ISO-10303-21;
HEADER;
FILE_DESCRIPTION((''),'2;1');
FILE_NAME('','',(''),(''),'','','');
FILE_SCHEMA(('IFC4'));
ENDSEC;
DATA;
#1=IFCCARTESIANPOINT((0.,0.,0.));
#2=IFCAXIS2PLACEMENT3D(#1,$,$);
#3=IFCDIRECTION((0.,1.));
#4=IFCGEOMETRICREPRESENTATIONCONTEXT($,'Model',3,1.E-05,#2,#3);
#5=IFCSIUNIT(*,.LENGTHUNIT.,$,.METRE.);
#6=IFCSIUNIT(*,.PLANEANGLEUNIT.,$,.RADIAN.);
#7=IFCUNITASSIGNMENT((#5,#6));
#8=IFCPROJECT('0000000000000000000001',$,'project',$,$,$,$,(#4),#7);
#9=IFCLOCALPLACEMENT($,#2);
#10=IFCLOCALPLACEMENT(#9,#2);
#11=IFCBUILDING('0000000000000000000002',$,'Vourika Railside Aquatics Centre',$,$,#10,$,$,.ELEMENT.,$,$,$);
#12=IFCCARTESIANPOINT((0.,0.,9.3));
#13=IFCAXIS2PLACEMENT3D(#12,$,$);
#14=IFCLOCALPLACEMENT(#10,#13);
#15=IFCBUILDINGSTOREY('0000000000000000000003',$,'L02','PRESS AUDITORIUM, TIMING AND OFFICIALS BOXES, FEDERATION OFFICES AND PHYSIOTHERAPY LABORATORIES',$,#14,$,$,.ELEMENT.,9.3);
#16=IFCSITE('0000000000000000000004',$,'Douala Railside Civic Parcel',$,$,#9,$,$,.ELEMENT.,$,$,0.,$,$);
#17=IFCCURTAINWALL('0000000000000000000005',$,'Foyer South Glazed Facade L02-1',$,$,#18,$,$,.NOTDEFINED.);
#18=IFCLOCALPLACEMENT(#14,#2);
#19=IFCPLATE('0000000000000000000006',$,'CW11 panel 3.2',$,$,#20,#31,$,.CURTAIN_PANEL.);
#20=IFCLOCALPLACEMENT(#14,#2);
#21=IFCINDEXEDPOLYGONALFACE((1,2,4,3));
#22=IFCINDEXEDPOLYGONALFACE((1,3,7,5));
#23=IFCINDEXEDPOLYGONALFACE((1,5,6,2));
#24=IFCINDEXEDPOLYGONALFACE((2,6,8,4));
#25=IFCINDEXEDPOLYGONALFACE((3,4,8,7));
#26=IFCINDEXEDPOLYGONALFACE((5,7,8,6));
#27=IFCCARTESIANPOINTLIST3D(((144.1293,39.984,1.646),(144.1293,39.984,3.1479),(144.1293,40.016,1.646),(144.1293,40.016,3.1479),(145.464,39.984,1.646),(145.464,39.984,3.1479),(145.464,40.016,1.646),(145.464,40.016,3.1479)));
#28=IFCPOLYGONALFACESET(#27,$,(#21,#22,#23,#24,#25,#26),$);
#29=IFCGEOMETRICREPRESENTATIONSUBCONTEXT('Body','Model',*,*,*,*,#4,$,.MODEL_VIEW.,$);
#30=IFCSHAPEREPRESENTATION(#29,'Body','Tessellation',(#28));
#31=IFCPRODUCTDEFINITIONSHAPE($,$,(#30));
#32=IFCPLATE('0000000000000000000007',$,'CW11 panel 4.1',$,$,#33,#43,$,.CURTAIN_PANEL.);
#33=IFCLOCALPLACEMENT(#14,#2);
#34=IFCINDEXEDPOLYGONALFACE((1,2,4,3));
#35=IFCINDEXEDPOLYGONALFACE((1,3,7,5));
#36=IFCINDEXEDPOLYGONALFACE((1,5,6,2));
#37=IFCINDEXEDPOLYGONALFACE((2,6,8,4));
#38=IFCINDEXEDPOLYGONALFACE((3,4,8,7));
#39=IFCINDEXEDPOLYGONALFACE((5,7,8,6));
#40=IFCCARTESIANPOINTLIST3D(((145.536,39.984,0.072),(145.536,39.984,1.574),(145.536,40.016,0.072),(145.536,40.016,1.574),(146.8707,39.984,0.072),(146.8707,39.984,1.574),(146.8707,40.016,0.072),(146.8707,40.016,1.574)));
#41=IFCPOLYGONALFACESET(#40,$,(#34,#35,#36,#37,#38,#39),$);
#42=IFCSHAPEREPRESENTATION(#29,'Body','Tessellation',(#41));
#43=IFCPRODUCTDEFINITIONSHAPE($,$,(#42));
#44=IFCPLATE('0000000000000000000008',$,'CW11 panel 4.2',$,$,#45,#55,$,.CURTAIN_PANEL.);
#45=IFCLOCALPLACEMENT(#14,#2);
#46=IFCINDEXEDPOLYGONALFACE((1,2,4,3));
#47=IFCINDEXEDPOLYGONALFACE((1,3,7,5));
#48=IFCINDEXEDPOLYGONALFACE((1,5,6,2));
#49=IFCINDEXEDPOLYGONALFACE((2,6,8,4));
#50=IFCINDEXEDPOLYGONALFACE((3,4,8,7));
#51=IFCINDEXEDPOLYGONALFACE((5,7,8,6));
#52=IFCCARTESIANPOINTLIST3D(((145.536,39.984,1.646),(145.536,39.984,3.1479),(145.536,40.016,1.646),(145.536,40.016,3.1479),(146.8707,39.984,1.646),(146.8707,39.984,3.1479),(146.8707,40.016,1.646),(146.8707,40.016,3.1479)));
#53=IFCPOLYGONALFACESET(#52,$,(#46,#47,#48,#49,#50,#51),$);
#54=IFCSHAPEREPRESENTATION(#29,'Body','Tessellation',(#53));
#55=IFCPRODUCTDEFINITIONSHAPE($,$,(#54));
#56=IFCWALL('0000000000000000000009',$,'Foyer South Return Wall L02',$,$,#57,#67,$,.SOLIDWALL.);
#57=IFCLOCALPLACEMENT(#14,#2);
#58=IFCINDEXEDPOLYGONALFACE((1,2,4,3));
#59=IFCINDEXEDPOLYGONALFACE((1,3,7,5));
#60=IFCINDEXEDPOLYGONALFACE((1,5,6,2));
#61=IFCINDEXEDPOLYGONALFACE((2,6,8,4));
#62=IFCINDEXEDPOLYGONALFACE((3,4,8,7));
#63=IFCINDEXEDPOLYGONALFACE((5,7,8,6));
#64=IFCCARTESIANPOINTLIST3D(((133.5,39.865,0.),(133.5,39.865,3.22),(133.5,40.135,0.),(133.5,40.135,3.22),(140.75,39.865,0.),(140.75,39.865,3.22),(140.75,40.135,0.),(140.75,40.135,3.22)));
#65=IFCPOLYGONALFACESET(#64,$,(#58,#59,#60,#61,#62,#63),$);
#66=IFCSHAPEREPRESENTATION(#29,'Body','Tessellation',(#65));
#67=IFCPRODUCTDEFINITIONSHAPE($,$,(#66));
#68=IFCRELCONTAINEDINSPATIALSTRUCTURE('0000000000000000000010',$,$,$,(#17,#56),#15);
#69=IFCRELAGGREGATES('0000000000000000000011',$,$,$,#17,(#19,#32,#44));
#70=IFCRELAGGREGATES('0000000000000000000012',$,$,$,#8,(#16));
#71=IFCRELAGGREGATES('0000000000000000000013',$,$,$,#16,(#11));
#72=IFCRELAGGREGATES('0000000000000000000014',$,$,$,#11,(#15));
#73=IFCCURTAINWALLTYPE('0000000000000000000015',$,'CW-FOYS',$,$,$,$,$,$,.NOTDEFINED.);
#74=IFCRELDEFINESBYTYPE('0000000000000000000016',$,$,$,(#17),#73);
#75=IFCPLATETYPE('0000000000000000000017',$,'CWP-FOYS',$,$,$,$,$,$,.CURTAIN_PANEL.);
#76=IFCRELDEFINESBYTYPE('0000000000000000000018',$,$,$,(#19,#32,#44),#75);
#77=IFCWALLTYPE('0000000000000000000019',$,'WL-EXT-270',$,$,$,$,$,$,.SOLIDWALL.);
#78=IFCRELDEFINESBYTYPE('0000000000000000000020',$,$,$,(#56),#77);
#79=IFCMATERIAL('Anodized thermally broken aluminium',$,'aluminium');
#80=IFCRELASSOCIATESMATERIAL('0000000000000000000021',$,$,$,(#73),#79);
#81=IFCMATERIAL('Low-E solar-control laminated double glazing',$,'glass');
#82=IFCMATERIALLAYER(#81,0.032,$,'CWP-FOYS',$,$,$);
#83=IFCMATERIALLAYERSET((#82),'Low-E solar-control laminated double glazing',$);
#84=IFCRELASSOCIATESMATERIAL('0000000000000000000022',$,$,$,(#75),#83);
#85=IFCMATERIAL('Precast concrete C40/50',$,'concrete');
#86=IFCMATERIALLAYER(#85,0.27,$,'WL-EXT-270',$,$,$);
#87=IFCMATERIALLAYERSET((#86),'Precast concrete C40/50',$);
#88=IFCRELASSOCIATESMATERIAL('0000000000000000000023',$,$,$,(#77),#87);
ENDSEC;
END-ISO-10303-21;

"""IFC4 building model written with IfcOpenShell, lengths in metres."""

from ifc_helpers import new_model, si_unit, direction, frame, frame_2d, origin, origin_2d, place, context, subcontext, project, spatial, rectangle, extrude, material, layer, layer_set, type_object, element, aggregate, save


model = new_model("IFC4")

# Units and contexts
model_context = context("Model", 3, precision=1e-05, world=origin(), true_north=direction((0.0, 1.0)))
body_context = subcontext(model_context, "Body", "Model", "MODEL_VIEW")
ifc_project = project(units=[si_unit("LENGTHUNIT", "METRE"), si_unit("PLANEANGLEUNIT", "RADIAN")], contexts=[model_context])

# Site, building, storey
site_placement = place(None, origin())
site = spatial("IfcSite", under=ifc_project, at=site_placement, Name="Douala Railside Civic Parcel", CompositionType="ELEMENT", RefElevation=0.0)
building_placement = place(site_placement, origin())
building = spatial("IfcBuilding", under=site, at=building_placement, Name="Vourika Railside Aquatics Centre", CompositionType="ELEMENT")
storey_placement = place(building_placement, frame((0.0, 0.0, 9.3)))
storey = spatial("IfcBuildingStorey", under=building, at=storey_placement, Name="L02", Description="PRESS AUDITORIUM, TIMING AND OFFICIALS BOXES, FEDERATION OFFICES AND PHYSIOTHERAPY LABORATORIES", CompositionType="ELEMENT", Elevation=9.3)

# Curtain wall, plates
ifc_material_1 = material(Name="Anodized thermally broken aluminium", Category="aluminium")
curtain_wall_type = type_object("IfcCurtainWallType", Name="CW-FOYS", PredefinedType="NOTDEFINED", material=ifc_material_1)
curtain_wall_placement = place(storey_placement, origin())
curtain_wall = element("IfcCurtainWall", 1, at=curtain_wall_placement, inside=storey, type_object=curtain_wall_type, Name="Foyer South Glazed Facade L02-1", PredefinedType="NOTDEFINED")
ifc_material_2 = material(Name="Low-E solar-control laminated double glazing", Category="glass")
ifc_layer_1 = layer(ifc_material_2, 0.032, Name="CWP-FOYS")
ifc_layer_set_1 = layer_set([ifc_layer_1], Name="Low-E solar-control laminated double glazing")
plate_type = type_object("IfcPlateType", Name="CWP-FOYS", PredefinedType="CURTAIN_PANEL", material=ifc_layer_set_1)
plate_1_placement = place(storey_placement, frame((144.7966, 40.0, 1.646), z_axis=(0.0, 0.0, 1.0), x_axis=(1.0, 0.0, 0.0)))
plate_1 = element("IfcPlate", 2, at=plate_1_placement, type_object=plate_type, Name="CW11 panel 3.2", PredefinedType="CURTAIN_PANEL", context=body_context, shape_type="SweptSolid", body=[
    extrude(rectangle(XDim=1.3347, YDim=0.032, at=origin_2d()), origin(), (0.0, 0.0, 1.0), 1.502),
])
plate_2_placement = place(storey_placement, frame((146.2034, 40.0, 0.072), z_axis=(0.0, 0.0, 1.0), x_axis=(1.0, 0.0, 0.0)))
plate_2 = element("IfcPlate", 3, at=plate_2_placement, type_object=plate_type, Name="CW11 panel 4.1", PredefinedType="CURTAIN_PANEL", context=body_context, shape_type="SweptSolid", body=[
    extrude(rectangle(XDim=1.3347, YDim=0.032, at=origin_2d()), origin(), (0.0, 0.0, 1.0), 1.502),
])
plate_3_placement = place(storey_placement, frame((146.2034, 40.0, 1.646), z_axis=(0.0, 0.0, 1.0), x_axis=(1.0, 0.0, 0.0)))
plate_3 = element("IfcPlate", 4, at=plate_3_placement, type_object=plate_type, Name="CW11 panel 4.2", PredefinedType="CURTAIN_PANEL", context=body_context, shape_type="SweptSolid", body=[
    extrude(rectangle(XDim=1.3347, YDim=0.032, at=origin_2d()), origin(), (0.0, 0.0, 1.0), 1.502),
])
aggregate(curtain_wall, [plate_1, plate_2, plate_3])

# Wall
ifc_material_3 = material(Name="Precast concrete C40/50", Category="concrete")
ifc_layer_2 = layer(ifc_material_3, 0.27, Name="WL-EXT-270")
ifc_layer_set_2 = layer_set([ifc_layer_2], Name="Precast concrete C40/50")
wall_type = type_object("IfcWallType", Name="WL-EXT-270", PredefinedType="SOLIDWALL", material=ifc_layer_set_2)
wall_placement = place(storey_placement, frame((133.5, 40.0, 0.0), z_axis=(0.0, 0.0, 1.0), x_axis=(1.0, 0.0, 0.0)))
element("IfcWall", 5, at=wall_placement, inside=storey, type_object=wall_type, Name="Foyer South Return Wall L02", PredefinedType="SOLIDWALL", context=body_context, shape_type="SweptSolid", body=[
    extrude(rectangle(XDim=7.25, YDim=0.27, at=frame_2d((3.625, 0.0))), origin(), (0.0, 0.0, 1.0), 3.22),
])

save(model, "model.ifc")
